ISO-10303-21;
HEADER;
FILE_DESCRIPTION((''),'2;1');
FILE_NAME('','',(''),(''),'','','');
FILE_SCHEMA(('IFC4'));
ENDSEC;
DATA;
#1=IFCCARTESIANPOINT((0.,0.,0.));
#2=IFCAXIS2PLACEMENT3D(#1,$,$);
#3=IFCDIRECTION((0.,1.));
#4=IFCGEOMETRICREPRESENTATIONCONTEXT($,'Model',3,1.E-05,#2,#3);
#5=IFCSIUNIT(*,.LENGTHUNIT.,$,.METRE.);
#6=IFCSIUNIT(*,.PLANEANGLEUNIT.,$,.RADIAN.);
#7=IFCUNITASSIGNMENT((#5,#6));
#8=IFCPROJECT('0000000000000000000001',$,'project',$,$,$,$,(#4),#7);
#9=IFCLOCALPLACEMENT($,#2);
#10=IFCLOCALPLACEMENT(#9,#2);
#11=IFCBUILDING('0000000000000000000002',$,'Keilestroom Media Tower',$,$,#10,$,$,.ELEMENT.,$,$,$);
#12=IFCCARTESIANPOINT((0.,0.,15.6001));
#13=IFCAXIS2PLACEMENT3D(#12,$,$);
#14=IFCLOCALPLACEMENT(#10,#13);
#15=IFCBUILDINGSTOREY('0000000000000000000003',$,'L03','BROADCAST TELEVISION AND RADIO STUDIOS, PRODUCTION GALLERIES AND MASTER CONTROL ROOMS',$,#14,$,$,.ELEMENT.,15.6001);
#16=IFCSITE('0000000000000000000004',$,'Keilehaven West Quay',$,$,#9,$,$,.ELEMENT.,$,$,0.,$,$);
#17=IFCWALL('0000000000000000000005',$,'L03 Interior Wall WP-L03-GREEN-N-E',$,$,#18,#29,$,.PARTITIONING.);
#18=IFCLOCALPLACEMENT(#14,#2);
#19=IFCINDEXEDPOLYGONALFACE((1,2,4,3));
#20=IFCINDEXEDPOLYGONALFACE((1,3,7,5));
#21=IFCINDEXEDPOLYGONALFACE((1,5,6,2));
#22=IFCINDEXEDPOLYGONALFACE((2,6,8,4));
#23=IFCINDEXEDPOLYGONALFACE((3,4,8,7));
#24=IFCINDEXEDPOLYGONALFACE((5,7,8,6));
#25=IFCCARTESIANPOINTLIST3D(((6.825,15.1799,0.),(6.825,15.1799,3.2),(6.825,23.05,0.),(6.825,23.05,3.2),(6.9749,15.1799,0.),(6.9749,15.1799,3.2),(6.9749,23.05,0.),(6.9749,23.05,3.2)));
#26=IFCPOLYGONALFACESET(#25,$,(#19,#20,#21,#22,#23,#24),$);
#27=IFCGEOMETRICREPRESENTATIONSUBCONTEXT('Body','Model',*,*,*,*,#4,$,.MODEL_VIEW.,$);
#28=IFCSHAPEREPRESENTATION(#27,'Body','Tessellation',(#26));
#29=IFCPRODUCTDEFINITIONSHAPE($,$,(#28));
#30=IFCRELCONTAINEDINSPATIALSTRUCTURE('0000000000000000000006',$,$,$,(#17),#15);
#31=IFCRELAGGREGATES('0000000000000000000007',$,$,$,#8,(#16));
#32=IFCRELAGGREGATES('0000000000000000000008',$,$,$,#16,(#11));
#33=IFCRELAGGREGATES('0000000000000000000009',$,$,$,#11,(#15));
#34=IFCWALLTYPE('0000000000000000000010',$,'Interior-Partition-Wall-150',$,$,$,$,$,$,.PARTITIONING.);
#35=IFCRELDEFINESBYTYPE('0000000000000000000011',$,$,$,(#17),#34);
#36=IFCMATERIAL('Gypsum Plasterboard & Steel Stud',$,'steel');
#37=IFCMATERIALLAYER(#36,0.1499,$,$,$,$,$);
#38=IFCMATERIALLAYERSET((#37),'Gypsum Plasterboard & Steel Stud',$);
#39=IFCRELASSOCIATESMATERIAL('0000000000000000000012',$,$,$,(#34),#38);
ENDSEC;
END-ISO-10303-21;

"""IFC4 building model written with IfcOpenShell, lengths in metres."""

from ifc_helpers import new_model, si_unit, direction, frame, frame_2d, origin, place, context, subcontext, project, spatial, rectangle, extrude, material, layer, layer_set, type_object, element, save


model = new_model("IFC4")

# Units and contexts
model_context = context("Model", 3, precision=1e-05, world=origin(), true_north=direction((0.0, 1.0)))
body_context = subcontext(model_context, "Body", "Model", "MODEL_VIEW")
ifc_project = project(units=[si_unit("LENGTHUNIT", "METRE"), si_unit("PLANEANGLEUNIT", "RADIAN")], contexts=[model_context])

# Site, building, storey
site_placement = place(None, origin())
site = spatial("IfcSite", under=ifc_project, at=site_placement, Name="Keilehaven West Quay", CompositionType="ELEMENT", RefElevation=0.0)
building_placement = place(site_placement, origin())
building = spatial("IfcBuilding", under=site, at=building_placement, Name="Keilestroom Media Tower", CompositionType="ELEMENT")
storey_placement = place(building_placement, frame((0.0, 0.0, 15.6001)))
storey = spatial("IfcBuildingStorey", under=building, at=storey_placement, Name="L03", Description="BROADCAST TELEVISION AND RADIO STUDIOS, PRODUCTION GALLERIES AND MASTER CONTROL ROOMS", CompositionType="ELEMENT", Elevation=15.6001)

# Shared definitions
ifc_material_1 = material(Name="Gypsum Plasterboard & Steel Stud", Category="steel")

# Wall
ifc_layer_1 = layer(ifc_material_1, 0.1499)
ifc_layer_set_1 = layer_set([ifc_layer_1], Name="Gypsum Plasterboard & Steel Stud")
wall_type_1 = type_object("IfcWallType", Name="Interior-Partition-Wall-150", PredefinedType="PARTITIONING", material=ifc_layer_set_1)
wall_1_placement = place(storey_placement, frame((6.8999, 15.1799, 0.0), z_axis=(0.0, 0.0, 1.0), x_axis=(0.0, 1.0, 0.0)))
element("IfcWall", 1, at=wall_1_placement, inside=storey, type_object=wall_type_1, Name="L03 Interior Wall WP-L03-GREEN-N-E", PredefinedType="PARTITIONING", context=body_context, shape_type="SweptSolid", body=[
    extrude(rectangle(XDim=7.8701, YDim=0.1499, at=frame_2d((3.9351, 0.0))), origin(), (0.0, 0.0, 1.0), 3.2),
])

save(model, "model.ifc")
